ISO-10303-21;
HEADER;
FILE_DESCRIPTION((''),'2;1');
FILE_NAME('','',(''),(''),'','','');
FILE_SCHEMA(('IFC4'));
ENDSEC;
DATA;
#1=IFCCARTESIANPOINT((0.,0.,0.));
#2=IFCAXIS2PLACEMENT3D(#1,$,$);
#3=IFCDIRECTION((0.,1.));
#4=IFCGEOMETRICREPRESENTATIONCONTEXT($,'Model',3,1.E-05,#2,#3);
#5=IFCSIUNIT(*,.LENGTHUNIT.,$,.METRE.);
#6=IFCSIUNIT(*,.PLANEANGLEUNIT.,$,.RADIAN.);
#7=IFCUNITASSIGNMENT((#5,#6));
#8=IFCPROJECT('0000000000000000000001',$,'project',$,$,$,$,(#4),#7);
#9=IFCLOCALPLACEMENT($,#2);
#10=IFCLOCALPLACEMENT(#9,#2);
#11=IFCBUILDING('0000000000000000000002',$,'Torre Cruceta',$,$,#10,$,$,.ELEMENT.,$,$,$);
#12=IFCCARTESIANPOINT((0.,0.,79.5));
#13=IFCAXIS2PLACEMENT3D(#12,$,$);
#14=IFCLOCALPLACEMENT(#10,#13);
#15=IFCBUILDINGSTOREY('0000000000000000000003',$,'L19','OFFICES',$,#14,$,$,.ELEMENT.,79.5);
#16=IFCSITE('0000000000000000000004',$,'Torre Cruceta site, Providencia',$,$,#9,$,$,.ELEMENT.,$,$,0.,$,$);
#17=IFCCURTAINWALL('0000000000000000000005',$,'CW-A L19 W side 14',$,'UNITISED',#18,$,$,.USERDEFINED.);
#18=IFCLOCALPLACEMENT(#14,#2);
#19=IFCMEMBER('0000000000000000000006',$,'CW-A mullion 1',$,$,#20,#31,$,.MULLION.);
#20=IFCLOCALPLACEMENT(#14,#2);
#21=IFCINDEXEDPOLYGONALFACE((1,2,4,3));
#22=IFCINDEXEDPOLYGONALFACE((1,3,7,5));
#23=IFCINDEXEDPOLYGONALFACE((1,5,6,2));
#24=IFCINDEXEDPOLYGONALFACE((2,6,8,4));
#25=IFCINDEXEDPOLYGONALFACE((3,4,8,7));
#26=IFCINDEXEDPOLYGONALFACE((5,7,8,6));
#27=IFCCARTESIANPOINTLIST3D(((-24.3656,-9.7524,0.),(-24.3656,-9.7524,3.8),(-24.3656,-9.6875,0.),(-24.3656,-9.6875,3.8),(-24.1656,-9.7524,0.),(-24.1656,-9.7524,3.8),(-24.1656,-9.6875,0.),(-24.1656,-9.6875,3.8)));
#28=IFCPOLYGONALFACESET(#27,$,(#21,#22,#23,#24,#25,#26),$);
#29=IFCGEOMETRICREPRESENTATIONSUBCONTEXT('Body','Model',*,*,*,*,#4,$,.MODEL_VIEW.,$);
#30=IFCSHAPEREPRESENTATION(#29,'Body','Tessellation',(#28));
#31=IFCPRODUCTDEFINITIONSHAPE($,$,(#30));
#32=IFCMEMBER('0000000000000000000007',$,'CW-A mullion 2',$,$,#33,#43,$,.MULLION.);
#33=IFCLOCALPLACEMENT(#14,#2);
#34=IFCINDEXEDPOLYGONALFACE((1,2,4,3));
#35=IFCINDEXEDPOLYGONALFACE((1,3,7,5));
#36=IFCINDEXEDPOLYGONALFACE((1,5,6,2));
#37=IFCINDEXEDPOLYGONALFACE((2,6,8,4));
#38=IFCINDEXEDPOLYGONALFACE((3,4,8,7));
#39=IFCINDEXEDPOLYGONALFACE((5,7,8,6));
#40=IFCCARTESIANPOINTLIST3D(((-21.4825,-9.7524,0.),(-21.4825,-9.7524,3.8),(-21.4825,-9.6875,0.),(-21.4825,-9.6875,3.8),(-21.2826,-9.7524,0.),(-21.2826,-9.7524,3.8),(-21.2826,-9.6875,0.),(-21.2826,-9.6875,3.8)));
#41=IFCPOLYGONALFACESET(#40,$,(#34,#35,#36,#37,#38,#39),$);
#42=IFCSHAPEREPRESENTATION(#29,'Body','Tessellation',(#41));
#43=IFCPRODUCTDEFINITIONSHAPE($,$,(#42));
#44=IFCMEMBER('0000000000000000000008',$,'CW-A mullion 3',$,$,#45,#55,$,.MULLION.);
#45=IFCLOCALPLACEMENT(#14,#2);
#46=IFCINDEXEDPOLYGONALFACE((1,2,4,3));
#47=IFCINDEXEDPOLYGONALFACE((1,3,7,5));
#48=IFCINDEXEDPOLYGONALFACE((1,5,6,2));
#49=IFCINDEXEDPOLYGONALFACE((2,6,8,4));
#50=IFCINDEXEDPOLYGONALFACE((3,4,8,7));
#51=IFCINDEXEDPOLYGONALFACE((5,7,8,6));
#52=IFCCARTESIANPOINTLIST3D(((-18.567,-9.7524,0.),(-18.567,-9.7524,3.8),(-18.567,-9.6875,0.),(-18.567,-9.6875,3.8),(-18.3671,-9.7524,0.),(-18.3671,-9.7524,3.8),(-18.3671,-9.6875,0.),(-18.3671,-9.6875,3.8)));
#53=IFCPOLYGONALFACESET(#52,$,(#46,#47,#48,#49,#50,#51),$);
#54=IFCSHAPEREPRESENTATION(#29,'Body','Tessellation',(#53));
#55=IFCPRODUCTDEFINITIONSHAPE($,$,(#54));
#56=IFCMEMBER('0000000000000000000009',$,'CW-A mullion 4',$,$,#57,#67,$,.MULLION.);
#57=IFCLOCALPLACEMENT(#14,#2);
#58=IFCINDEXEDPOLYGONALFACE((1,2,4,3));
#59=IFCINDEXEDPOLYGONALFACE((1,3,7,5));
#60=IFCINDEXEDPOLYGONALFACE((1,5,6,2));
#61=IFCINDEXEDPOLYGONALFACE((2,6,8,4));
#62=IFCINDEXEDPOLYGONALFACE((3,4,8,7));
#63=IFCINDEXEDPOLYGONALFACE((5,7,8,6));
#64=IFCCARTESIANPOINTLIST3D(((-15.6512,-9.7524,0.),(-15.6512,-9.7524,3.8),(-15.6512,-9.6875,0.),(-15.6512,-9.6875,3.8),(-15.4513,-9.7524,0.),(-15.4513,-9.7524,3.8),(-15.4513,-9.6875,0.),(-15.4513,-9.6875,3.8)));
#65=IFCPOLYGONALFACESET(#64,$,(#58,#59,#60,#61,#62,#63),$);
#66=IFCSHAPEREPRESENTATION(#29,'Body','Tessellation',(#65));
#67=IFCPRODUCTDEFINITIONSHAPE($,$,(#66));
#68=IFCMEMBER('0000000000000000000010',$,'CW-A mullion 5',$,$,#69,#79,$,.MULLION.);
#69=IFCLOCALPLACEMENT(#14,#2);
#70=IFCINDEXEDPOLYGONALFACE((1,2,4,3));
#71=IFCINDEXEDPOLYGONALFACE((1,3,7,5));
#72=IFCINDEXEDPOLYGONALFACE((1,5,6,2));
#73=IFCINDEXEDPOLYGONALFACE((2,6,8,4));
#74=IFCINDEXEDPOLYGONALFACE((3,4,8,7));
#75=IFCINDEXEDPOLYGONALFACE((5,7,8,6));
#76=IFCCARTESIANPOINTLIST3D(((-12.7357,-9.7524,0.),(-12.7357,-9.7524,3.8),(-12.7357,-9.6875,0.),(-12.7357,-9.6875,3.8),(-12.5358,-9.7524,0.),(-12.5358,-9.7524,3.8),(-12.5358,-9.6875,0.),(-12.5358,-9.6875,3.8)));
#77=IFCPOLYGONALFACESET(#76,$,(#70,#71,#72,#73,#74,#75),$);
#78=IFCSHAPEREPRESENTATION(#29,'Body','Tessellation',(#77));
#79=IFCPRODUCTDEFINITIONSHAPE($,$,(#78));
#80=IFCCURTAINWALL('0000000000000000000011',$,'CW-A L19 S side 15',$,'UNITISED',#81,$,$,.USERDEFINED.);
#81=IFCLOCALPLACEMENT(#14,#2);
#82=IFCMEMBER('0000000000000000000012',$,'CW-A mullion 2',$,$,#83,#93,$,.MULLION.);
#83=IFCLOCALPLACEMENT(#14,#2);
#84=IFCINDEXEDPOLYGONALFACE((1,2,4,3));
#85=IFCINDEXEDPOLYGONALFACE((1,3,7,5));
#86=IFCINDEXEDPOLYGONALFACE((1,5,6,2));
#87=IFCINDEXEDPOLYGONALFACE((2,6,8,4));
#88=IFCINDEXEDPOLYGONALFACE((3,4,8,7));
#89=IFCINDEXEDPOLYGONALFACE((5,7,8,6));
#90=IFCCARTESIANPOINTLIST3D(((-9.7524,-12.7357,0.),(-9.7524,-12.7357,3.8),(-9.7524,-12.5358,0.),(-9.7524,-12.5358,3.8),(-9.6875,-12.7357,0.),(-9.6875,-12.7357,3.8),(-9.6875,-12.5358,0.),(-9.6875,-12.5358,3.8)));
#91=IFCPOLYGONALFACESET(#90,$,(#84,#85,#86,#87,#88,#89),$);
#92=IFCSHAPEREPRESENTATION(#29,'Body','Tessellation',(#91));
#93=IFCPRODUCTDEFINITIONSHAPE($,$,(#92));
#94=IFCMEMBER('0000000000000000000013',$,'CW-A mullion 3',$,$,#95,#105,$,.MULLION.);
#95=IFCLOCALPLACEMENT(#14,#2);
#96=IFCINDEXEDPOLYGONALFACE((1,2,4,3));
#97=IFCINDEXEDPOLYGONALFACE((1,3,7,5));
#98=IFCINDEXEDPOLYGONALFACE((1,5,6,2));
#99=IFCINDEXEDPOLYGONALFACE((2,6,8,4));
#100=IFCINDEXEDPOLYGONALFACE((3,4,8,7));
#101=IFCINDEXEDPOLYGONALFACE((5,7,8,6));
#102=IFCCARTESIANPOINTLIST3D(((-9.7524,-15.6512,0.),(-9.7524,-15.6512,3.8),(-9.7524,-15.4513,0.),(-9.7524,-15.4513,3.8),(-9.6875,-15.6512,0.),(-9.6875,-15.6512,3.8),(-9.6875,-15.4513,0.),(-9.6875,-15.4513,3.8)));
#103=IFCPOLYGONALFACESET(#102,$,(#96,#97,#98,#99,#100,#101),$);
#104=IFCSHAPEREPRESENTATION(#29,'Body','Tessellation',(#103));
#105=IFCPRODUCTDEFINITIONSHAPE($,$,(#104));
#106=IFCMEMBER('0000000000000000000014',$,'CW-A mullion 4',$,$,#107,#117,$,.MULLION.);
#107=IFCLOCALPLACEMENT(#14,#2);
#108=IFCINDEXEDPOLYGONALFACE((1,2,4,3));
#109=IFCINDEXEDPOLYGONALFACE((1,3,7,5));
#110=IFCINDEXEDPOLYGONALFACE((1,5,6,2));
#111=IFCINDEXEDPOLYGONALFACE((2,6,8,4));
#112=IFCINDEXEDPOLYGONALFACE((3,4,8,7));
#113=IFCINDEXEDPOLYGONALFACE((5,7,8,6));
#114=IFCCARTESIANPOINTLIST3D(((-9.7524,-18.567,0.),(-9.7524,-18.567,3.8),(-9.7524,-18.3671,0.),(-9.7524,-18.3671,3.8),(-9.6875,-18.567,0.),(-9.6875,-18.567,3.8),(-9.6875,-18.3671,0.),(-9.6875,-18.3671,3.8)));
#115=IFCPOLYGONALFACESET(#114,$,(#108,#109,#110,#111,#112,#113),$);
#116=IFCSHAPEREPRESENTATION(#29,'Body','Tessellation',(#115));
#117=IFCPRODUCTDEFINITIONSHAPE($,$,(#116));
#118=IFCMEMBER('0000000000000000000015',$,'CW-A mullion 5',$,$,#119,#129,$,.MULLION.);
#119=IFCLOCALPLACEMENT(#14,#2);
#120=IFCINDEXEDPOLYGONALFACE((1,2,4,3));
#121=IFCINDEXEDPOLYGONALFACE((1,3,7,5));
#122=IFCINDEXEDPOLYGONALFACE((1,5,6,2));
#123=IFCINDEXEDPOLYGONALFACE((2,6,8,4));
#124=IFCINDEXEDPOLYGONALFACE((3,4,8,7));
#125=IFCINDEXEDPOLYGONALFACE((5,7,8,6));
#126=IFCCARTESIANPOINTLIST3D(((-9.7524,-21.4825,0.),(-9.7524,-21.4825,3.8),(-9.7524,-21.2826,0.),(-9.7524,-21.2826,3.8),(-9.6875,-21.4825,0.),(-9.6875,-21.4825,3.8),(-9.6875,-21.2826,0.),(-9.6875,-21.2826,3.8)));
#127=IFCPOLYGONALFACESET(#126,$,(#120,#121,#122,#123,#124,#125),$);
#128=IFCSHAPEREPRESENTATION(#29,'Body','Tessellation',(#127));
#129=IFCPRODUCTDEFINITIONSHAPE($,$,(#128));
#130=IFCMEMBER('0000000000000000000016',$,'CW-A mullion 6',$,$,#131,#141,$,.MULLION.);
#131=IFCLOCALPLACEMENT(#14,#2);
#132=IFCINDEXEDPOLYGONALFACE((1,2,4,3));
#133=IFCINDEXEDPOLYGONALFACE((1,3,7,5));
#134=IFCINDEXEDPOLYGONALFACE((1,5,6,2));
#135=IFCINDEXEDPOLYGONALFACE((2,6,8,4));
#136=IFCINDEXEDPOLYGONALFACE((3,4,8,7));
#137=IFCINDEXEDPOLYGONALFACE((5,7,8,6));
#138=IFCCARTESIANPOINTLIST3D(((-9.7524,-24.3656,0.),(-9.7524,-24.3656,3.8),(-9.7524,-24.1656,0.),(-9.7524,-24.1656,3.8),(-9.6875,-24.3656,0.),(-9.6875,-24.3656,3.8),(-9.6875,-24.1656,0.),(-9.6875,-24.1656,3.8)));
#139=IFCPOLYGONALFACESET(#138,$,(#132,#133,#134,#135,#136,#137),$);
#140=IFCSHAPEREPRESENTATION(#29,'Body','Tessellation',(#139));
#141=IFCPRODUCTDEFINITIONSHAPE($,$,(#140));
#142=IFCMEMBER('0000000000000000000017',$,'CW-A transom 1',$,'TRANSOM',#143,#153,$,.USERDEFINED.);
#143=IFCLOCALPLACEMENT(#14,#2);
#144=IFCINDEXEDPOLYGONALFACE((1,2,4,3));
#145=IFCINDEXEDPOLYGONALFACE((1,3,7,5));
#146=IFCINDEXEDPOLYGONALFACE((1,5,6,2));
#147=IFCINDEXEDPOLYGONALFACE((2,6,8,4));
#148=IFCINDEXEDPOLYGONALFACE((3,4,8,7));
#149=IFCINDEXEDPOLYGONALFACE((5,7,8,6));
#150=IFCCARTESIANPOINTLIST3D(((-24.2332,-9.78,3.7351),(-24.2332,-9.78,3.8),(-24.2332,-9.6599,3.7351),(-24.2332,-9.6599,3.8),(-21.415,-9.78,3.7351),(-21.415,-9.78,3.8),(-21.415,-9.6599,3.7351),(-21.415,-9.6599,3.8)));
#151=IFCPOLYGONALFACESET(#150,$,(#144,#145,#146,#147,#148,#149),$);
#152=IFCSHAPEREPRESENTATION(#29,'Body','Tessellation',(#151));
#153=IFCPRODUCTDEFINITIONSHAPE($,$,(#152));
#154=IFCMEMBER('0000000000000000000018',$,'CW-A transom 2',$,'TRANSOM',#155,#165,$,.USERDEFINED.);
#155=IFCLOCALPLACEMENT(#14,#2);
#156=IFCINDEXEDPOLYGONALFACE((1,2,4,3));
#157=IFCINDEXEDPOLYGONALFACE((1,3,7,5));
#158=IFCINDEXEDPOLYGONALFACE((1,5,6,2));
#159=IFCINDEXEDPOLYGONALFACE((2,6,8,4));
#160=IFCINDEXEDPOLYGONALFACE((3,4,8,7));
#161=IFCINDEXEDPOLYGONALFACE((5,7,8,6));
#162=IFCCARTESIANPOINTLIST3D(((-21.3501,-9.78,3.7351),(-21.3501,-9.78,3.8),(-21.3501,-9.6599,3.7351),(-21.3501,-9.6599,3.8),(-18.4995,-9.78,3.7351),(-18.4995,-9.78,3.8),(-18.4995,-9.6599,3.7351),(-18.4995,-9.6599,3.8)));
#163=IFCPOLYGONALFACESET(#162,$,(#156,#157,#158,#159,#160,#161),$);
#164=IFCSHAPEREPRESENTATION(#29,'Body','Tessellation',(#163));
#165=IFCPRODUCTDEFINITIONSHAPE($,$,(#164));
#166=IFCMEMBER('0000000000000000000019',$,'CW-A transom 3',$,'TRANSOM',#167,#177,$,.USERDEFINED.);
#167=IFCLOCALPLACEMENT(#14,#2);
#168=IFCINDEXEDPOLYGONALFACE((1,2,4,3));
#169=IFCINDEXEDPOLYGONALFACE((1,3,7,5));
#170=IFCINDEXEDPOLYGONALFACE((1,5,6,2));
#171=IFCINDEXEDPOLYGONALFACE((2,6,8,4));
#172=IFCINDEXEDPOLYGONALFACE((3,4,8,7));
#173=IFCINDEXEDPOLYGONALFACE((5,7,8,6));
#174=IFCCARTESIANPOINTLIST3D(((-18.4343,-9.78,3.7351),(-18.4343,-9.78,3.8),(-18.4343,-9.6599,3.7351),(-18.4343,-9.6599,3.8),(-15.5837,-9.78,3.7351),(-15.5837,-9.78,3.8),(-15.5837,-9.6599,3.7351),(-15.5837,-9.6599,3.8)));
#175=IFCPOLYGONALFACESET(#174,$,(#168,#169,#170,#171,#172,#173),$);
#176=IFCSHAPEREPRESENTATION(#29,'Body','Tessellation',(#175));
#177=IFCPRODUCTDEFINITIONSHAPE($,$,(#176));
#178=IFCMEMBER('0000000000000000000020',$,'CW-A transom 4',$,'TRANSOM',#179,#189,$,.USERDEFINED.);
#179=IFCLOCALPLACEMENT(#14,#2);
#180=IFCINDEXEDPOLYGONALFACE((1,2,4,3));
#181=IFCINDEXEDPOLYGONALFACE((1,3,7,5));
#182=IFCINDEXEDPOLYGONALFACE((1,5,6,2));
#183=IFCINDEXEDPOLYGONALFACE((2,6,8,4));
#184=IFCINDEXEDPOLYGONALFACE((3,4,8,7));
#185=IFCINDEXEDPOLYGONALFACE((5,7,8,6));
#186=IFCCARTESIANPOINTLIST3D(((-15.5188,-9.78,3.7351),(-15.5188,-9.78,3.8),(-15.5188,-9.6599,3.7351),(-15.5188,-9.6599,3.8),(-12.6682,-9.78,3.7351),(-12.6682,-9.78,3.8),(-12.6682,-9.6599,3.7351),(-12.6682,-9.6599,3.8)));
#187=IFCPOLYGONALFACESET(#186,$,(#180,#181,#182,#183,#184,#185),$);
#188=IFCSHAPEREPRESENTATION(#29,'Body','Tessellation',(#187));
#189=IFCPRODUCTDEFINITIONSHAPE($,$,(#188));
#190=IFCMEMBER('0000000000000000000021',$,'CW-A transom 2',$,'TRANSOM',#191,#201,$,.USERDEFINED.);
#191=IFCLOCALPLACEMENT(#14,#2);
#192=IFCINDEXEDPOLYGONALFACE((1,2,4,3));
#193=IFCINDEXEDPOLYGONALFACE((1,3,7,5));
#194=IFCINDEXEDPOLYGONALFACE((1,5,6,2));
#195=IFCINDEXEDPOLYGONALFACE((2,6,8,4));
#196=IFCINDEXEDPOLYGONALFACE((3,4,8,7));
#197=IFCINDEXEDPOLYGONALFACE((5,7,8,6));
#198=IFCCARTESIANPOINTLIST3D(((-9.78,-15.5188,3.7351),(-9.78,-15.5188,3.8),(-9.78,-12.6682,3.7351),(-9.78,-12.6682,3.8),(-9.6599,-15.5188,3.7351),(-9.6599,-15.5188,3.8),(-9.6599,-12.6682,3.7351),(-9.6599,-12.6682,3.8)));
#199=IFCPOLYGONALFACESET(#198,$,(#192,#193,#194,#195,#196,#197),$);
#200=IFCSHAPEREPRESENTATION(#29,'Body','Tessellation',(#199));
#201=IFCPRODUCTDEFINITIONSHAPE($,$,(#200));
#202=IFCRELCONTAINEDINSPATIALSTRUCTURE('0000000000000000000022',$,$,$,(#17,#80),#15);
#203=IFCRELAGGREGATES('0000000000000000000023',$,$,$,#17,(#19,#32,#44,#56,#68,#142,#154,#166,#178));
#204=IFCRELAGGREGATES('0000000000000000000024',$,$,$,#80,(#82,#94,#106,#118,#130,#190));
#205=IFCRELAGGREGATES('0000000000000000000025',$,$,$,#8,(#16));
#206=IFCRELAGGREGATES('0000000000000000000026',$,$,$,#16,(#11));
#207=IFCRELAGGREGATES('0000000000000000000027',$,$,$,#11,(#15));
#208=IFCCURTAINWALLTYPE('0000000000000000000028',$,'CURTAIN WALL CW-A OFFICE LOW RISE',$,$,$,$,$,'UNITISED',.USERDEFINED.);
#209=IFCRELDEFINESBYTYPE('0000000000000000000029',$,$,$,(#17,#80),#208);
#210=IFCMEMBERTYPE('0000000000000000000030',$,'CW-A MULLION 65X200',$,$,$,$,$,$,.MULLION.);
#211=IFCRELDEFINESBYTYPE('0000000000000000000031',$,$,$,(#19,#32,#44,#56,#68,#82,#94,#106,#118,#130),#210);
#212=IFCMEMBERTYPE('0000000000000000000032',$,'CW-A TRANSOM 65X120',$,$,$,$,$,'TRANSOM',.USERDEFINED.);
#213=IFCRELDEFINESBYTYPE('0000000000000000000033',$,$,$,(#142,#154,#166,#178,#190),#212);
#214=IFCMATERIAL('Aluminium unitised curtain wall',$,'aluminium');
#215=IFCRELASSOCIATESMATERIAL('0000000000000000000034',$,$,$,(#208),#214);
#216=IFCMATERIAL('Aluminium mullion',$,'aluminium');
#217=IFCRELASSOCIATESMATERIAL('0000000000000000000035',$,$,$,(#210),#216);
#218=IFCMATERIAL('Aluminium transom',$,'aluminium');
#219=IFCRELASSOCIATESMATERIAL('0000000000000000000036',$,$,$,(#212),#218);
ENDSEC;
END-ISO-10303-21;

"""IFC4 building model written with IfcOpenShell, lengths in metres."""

from ifc_helpers import new_model, si_unit, direction, frame, origin, origin_2d, place, context, subcontext, project, spatial, rectangle, extrude, material, material_profile, profile_set, type_object, element, aggregate, save


model = new_model("IFC4")

# Units and contexts
model_context = context("Model", 3, precision=1e-05, world=origin(), true_north=direction((0.0, 1.0)))
body_context = subcontext(model_context, "Body", "Model", "MODEL_VIEW")
ifc_project = project(units=[si_unit("LENGTHUNIT", "METRE"), si_unit("PLANEANGLEUNIT", "RADIAN")], contexts=[model_context])

# Site, building, storey
site_placement = place(None, origin())
site = spatial("IfcSite", under=ifc_project, at=site_placement, Name="Torre Cruceta site, Providencia", CompositionType="ELEMENT", RefElevation=0.0)
building_placement = place(site_placement, origin())
building = spatial("IfcBuilding", under=site, at=building_placement, Name="Torre Cruceta", CompositionType="ELEMENT")
storey_placement = place(building_placement, frame((0.0, 0.0, 79.5)))
storey = spatial("IfcBuildingStorey", under=building, at=storey_placement, Name="L19", Description="OFFICES", CompositionType="ELEMENT", Elevation=79.5)

# Curtain walls, members
ifc_material_1 = material(Name="Aluminium unitised curtain wall", Category="aluminium")
curtain_wall_type = type_object("IfcCurtainWallType", Name="CURTAIN WALL CW-A OFFICE LOW RISE", ElementType="UNITISED", PredefinedType="USERDEFINED", material=ifc_material_1)
curtain_wall_1_placement = place(storey_placement, origin())
curtain_wall_1 = element("IfcCurtainWall", 1, at=curtain_wall_1_placement, inside=storey, type_object=curtain_wall_type, Name="CW-A L19 W side 14", ObjectType="UNITISED", PredefinedType="USERDEFINED")
ifc_material_2 = material(Name="Aluminium mullion", Category="aluminium")
ifc_material_profile_1 = material_profile(ifc_material_2, rectangle(XDim=0.0649, YDim=0.2, at=origin_2d()), Name="AL 65X200")
ifc_profile_set_1 = profile_set([ifc_material_profile_1], Name="Aluminium mullion")
member_type_1 = type_object("IfcMemberType", Name="CW-A MULLION 65X200", PredefinedType="MULLION", material=ifc_profile_set_1)
member_1_placement = place(storey_placement, frame((-24.2656, -9.72, 0.0), z_axis=(0.0, 0.0, 1.0), x_axis=(0.0, 1.0, 0.0)))
member_1 = element("IfcMember", 2, at=member_1_placement, type_object=member_type_1, Name="CW-A mullion 1", PredefinedType="MULLION", context=body_context, shape_type="SweptSolid", body=[
    extrude(rectangle(XDim=0.0649, YDim=0.2, at=origin_2d()), origin(), (0.0, 0.0, 1.0), 3.8),
])
member_2_placement = place(storey_placement, frame((-21.3826, -9.72, 0.0), z_axis=(0.0, 0.0, 1.0), x_axis=(0.0, 1.0, 0.0)))
member_2 = element("IfcMember", 3, at=member_2_placement, type_object=member_type_1, Name="CW-A mullion 2", PredefinedType="MULLION", context=body_context, shape_type="SweptSolid", body=[
    extrude(rectangle(XDim=0.0649, YDim=0.2, at=origin_2d()), origin(), (0.0, 0.0, 1.0), 3.8),
])
member_3_placement = place(storey_placement, frame((-18.467, -9.72, 0.0), z_axis=(0.0, 0.0, 1.0), x_axis=(0.0, 1.0, 0.0)))
member_3 = element("IfcMember", 4, at=member_3_placement, type_object=member_type_1, Name="CW-A mullion 3", PredefinedType="MULLION", context=body_context, shape_type="SweptSolid", body=[
    extrude(rectangle(XDim=0.0649, YDim=0.2, at=origin_2d()), origin(), (0.0, 0.0, 1.0), 3.8),
])
member_4_placement = place(storey_placement, frame((-15.5513, -9.72, 0.0), z_axis=(0.0, 0.0, 1.0), x_axis=(0.0, 1.0, 0.0)))
member_4 = element("IfcMember", 5, at=member_4_placement, type_object=member_type_1, Name="CW-A mullion 4", PredefinedType="MULLION", context=body_context, shape_type="SweptSolid", body=[
    extrude(rectangle(XDim=0.0649, YDim=0.2, at=origin_2d()), origin(), (0.0, 0.0, 1.0), 3.8),
])
member_5_placement = place(storey_placement, frame((-12.6357, -9.72, 0.0), z_axis=(0.0, 0.0, 1.0), x_axis=(0.0, 1.0, 0.0)))
member_5 = element("IfcMember", 6, at=member_5_placement, type_object=member_type_1, Name="CW-A mullion 5", PredefinedType="MULLION", context=body_context, shape_type="SweptSolid", body=[
    extrude(rectangle(XDim=0.0649, YDim=0.2, at=origin_2d()), origin(), (0.0, 0.0, 1.0), 3.8),
])
curtain_wall_2_placement = place(storey_placement, origin())
curtain_wall_2 = element("IfcCurtainWall", 7, at=curtain_wall_2_placement, inside=storey, type_object=curtain_wall_type, Name="CW-A L19 S side 15", ObjectType="UNITISED", PredefinedType="USERDEFINED")
member_6_placement = place(storey_placement, frame((-9.72, -12.6357, 0.0), z_axis=(0.0, 0.0, 1.0), x_axis=(1.0, 0.0, 0.0)))
member_6 = element("IfcMember", 8, at=member_6_placement, type_object=member_type_1, Name="CW-A mullion 2", PredefinedType="MULLION", context=body_context, shape_type="SweptSolid", body=[
    extrude(rectangle(XDim=0.0649, YDim=0.2, at=origin_2d()), origin(), (0.0, 0.0, 1.0), 3.8),
])
member_7_placement = place(storey_placement, frame((-9.72, -15.5513, 0.0), z_axis=(0.0, 0.0, 1.0), x_axis=(1.0, 0.0, 0.0)))
member_7 = element("IfcMember", 9, at=member_7_placement, type_object=member_type_1, Name="CW-A mullion 3", PredefinedType="MULLION", context=body_context, shape_type="SweptSolid", body=[
    extrude(rectangle(XDim=0.0649, YDim=0.2, at=origin_2d()), origin(), (0.0, 0.0, 1.0), 3.8),
])
member_8_placement = place(storey_placement, frame((-9.72, -18.467, 0.0), z_axis=(0.0, 0.0, 1.0), x_axis=(1.0, 0.0, 0.0)))
member_8 = element("IfcMember", 10, at=member_8_placement, type_object=member_type_1, Name="CW-A mullion 4", PredefinedType="MULLION", context=body_context, shape_type="SweptSolid", body=[
    extrude(rectangle(XDim=0.0649, YDim=0.2, at=origin_2d()), origin(), (0.0, 0.0, 1.0), 3.8),
])
member_9_placement = place(storey_placement, frame((-9.72, -21.3826, 0.0), z_axis=(0.0, 0.0, 1.0), x_axis=(1.0, 0.0, 0.0)))
member_9 = element("IfcMember", 11, at=member_9_placement, type_object=member_type_1, Name="CW-A mullion 5", PredefinedType="MULLION", context=body_context, shape_type="SweptSolid", body=[
    extrude(rectangle(XDim=0.0649, YDim=0.2, at=origin_2d()), origin(), (0.0, 0.0, 1.0), 3.8),
])
member_10_placement = place(storey_placement, frame((-9.72, -24.2656, 0.0), z_axis=(0.0, 0.0, 1.0), x_axis=(1.0, 0.0, 0.0)))
member_10 = element("IfcMember", 12, at=member_10_placement, type_object=member_type_1, Name="CW-A mullion 6", PredefinedType="MULLION", context=body_context, shape_type="SweptSolid", body=[
    extrude(rectangle(XDim=0.0649, YDim=0.2, at=origin_2d()), origin(), (0.0, 0.0, 1.0), 3.8),
])

# Members
ifc_material_3 = material(Name="Aluminium transom", Category="aluminium")
ifc_material_profile_2 = material_profile(ifc_material_3, rectangle(XDim=0.1201, YDim=0.0649, at=origin_2d()), Name="AL 120X65")
ifc_profile_set_2 = profile_set([ifc_material_profile_2], Name="Aluminium transom")
member_type_2 = type_object("IfcMemberType", Name="CW-A TRANSOM 65X120", ElementType="TRANSOM", PredefinedType="USERDEFINED", material=ifc_profile_set_2)
member_11_placement = place(storey_placement, frame((-24.2332, -9.72, 3.7676), z_axis=(1.0, 0.0, 0.0), x_axis=(0.0, 1.0, 0.0)))
member_11 = element("IfcMember", 13, at=member_11_placement, type_object=member_type_2, Name="CW-A transom 1", ObjectType="TRANSOM", PredefinedType="USERDEFINED", context=body_context, shape_type="SweptSolid", body=[
    extrude(rectangle(XDim=0.1201, YDim=0.0649, at=origin_2d()), origin(), (0.0, 0.0, 1.0), 2.8181),
])
member_12_placement = place(storey_placement, frame((-21.3501, -9.72, 3.7676), z_axis=(1.0, 0.0, 0.0), x_axis=(0.0, 1.0, 0.0)))
member_12 = element("IfcMember", 14, at=member_12_placement, type_object=member_type_2, Name="CW-A transom 2", ObjectType="TRANSOM", PredefinedType="USERDEFINED", context=body_context, shape_type="SweptSolid", body=[
    extrude(rectangle(XDim=0.1201, YDim=0.0649, at=origin_2d()), origin(), (0.0, 0.0, 1.0), 2.8506),
])
member_13_placement = place(storey_placement, frame((-18.4343, -9.72, 3.7676), z_axis=(1.0, 0.0, 0.0), x_axis=(0.0, 1.0, 0.0)))
member_13 = element("IfcMember", 15, at=member_13_placement, type_object=member_type_2, Name="CW-A transom 3", ObjectType="TRANSOM", PredefinedType="USERDEFINED", context=body_context, shape_type="SweptSolid", body=[
    extrude(rectangle(XDim=0.1201, YDim=0.0649, at=origin_2d()), origin(), (0.0, 0.0, 1.0), 2.8506),
])
member_14_placement = place(storey_placement, frame((-15.5188, -9.72, 3.7676), z_axis=(1.0, 0.0, 0.0), x_axis=(0.0, 1.0, 0.0)))
member_14 = element("IfcMember", 16, at=member_14_placement, type_object=member_type_2, Name="CW-A transom 4", ObjectType="TRANSOM", PredefinedType="USERDEFINED", context=body_context, shape_type="SweptSolid", body=[
    extrude(rectangle(XDim=0.1201, YDim=0.0649, at=origin_2d()), origin(), (0.0, 0.0, 1.0), 2.8506),
])
member_15_placement = place(storey_placement, frame((-9.72, -12.6682, 3.7676), z_axis=(0.0, -1.0, 0.0), x_axis=(1.0, 0.0, 0.0)))
member_15 = element("IfcMember", 17, at=member_15_placement, type_object=member_type_2, Name="CW-A transom 2", ObjectType="TRANSOM", PredefinedType="USERDEFINED", context=body_context, shape_type="SweptSolid", body=[
    extrude(rectangle(XDim=0.1201, YDim=0.0649, at=origin_2d()), origin(), (0.0, 0.0, 1.0), 2.8506),
])

aggregate(curtain_wall_1, [member_1, member_2, member_3, member_4, member_5, member_11, member_12, member_13, member_14])
aggregate(curtain_wall_2, [member_6, member_7, member_8, member_9, member_10, member_15])

save(model, "model.ifc")
